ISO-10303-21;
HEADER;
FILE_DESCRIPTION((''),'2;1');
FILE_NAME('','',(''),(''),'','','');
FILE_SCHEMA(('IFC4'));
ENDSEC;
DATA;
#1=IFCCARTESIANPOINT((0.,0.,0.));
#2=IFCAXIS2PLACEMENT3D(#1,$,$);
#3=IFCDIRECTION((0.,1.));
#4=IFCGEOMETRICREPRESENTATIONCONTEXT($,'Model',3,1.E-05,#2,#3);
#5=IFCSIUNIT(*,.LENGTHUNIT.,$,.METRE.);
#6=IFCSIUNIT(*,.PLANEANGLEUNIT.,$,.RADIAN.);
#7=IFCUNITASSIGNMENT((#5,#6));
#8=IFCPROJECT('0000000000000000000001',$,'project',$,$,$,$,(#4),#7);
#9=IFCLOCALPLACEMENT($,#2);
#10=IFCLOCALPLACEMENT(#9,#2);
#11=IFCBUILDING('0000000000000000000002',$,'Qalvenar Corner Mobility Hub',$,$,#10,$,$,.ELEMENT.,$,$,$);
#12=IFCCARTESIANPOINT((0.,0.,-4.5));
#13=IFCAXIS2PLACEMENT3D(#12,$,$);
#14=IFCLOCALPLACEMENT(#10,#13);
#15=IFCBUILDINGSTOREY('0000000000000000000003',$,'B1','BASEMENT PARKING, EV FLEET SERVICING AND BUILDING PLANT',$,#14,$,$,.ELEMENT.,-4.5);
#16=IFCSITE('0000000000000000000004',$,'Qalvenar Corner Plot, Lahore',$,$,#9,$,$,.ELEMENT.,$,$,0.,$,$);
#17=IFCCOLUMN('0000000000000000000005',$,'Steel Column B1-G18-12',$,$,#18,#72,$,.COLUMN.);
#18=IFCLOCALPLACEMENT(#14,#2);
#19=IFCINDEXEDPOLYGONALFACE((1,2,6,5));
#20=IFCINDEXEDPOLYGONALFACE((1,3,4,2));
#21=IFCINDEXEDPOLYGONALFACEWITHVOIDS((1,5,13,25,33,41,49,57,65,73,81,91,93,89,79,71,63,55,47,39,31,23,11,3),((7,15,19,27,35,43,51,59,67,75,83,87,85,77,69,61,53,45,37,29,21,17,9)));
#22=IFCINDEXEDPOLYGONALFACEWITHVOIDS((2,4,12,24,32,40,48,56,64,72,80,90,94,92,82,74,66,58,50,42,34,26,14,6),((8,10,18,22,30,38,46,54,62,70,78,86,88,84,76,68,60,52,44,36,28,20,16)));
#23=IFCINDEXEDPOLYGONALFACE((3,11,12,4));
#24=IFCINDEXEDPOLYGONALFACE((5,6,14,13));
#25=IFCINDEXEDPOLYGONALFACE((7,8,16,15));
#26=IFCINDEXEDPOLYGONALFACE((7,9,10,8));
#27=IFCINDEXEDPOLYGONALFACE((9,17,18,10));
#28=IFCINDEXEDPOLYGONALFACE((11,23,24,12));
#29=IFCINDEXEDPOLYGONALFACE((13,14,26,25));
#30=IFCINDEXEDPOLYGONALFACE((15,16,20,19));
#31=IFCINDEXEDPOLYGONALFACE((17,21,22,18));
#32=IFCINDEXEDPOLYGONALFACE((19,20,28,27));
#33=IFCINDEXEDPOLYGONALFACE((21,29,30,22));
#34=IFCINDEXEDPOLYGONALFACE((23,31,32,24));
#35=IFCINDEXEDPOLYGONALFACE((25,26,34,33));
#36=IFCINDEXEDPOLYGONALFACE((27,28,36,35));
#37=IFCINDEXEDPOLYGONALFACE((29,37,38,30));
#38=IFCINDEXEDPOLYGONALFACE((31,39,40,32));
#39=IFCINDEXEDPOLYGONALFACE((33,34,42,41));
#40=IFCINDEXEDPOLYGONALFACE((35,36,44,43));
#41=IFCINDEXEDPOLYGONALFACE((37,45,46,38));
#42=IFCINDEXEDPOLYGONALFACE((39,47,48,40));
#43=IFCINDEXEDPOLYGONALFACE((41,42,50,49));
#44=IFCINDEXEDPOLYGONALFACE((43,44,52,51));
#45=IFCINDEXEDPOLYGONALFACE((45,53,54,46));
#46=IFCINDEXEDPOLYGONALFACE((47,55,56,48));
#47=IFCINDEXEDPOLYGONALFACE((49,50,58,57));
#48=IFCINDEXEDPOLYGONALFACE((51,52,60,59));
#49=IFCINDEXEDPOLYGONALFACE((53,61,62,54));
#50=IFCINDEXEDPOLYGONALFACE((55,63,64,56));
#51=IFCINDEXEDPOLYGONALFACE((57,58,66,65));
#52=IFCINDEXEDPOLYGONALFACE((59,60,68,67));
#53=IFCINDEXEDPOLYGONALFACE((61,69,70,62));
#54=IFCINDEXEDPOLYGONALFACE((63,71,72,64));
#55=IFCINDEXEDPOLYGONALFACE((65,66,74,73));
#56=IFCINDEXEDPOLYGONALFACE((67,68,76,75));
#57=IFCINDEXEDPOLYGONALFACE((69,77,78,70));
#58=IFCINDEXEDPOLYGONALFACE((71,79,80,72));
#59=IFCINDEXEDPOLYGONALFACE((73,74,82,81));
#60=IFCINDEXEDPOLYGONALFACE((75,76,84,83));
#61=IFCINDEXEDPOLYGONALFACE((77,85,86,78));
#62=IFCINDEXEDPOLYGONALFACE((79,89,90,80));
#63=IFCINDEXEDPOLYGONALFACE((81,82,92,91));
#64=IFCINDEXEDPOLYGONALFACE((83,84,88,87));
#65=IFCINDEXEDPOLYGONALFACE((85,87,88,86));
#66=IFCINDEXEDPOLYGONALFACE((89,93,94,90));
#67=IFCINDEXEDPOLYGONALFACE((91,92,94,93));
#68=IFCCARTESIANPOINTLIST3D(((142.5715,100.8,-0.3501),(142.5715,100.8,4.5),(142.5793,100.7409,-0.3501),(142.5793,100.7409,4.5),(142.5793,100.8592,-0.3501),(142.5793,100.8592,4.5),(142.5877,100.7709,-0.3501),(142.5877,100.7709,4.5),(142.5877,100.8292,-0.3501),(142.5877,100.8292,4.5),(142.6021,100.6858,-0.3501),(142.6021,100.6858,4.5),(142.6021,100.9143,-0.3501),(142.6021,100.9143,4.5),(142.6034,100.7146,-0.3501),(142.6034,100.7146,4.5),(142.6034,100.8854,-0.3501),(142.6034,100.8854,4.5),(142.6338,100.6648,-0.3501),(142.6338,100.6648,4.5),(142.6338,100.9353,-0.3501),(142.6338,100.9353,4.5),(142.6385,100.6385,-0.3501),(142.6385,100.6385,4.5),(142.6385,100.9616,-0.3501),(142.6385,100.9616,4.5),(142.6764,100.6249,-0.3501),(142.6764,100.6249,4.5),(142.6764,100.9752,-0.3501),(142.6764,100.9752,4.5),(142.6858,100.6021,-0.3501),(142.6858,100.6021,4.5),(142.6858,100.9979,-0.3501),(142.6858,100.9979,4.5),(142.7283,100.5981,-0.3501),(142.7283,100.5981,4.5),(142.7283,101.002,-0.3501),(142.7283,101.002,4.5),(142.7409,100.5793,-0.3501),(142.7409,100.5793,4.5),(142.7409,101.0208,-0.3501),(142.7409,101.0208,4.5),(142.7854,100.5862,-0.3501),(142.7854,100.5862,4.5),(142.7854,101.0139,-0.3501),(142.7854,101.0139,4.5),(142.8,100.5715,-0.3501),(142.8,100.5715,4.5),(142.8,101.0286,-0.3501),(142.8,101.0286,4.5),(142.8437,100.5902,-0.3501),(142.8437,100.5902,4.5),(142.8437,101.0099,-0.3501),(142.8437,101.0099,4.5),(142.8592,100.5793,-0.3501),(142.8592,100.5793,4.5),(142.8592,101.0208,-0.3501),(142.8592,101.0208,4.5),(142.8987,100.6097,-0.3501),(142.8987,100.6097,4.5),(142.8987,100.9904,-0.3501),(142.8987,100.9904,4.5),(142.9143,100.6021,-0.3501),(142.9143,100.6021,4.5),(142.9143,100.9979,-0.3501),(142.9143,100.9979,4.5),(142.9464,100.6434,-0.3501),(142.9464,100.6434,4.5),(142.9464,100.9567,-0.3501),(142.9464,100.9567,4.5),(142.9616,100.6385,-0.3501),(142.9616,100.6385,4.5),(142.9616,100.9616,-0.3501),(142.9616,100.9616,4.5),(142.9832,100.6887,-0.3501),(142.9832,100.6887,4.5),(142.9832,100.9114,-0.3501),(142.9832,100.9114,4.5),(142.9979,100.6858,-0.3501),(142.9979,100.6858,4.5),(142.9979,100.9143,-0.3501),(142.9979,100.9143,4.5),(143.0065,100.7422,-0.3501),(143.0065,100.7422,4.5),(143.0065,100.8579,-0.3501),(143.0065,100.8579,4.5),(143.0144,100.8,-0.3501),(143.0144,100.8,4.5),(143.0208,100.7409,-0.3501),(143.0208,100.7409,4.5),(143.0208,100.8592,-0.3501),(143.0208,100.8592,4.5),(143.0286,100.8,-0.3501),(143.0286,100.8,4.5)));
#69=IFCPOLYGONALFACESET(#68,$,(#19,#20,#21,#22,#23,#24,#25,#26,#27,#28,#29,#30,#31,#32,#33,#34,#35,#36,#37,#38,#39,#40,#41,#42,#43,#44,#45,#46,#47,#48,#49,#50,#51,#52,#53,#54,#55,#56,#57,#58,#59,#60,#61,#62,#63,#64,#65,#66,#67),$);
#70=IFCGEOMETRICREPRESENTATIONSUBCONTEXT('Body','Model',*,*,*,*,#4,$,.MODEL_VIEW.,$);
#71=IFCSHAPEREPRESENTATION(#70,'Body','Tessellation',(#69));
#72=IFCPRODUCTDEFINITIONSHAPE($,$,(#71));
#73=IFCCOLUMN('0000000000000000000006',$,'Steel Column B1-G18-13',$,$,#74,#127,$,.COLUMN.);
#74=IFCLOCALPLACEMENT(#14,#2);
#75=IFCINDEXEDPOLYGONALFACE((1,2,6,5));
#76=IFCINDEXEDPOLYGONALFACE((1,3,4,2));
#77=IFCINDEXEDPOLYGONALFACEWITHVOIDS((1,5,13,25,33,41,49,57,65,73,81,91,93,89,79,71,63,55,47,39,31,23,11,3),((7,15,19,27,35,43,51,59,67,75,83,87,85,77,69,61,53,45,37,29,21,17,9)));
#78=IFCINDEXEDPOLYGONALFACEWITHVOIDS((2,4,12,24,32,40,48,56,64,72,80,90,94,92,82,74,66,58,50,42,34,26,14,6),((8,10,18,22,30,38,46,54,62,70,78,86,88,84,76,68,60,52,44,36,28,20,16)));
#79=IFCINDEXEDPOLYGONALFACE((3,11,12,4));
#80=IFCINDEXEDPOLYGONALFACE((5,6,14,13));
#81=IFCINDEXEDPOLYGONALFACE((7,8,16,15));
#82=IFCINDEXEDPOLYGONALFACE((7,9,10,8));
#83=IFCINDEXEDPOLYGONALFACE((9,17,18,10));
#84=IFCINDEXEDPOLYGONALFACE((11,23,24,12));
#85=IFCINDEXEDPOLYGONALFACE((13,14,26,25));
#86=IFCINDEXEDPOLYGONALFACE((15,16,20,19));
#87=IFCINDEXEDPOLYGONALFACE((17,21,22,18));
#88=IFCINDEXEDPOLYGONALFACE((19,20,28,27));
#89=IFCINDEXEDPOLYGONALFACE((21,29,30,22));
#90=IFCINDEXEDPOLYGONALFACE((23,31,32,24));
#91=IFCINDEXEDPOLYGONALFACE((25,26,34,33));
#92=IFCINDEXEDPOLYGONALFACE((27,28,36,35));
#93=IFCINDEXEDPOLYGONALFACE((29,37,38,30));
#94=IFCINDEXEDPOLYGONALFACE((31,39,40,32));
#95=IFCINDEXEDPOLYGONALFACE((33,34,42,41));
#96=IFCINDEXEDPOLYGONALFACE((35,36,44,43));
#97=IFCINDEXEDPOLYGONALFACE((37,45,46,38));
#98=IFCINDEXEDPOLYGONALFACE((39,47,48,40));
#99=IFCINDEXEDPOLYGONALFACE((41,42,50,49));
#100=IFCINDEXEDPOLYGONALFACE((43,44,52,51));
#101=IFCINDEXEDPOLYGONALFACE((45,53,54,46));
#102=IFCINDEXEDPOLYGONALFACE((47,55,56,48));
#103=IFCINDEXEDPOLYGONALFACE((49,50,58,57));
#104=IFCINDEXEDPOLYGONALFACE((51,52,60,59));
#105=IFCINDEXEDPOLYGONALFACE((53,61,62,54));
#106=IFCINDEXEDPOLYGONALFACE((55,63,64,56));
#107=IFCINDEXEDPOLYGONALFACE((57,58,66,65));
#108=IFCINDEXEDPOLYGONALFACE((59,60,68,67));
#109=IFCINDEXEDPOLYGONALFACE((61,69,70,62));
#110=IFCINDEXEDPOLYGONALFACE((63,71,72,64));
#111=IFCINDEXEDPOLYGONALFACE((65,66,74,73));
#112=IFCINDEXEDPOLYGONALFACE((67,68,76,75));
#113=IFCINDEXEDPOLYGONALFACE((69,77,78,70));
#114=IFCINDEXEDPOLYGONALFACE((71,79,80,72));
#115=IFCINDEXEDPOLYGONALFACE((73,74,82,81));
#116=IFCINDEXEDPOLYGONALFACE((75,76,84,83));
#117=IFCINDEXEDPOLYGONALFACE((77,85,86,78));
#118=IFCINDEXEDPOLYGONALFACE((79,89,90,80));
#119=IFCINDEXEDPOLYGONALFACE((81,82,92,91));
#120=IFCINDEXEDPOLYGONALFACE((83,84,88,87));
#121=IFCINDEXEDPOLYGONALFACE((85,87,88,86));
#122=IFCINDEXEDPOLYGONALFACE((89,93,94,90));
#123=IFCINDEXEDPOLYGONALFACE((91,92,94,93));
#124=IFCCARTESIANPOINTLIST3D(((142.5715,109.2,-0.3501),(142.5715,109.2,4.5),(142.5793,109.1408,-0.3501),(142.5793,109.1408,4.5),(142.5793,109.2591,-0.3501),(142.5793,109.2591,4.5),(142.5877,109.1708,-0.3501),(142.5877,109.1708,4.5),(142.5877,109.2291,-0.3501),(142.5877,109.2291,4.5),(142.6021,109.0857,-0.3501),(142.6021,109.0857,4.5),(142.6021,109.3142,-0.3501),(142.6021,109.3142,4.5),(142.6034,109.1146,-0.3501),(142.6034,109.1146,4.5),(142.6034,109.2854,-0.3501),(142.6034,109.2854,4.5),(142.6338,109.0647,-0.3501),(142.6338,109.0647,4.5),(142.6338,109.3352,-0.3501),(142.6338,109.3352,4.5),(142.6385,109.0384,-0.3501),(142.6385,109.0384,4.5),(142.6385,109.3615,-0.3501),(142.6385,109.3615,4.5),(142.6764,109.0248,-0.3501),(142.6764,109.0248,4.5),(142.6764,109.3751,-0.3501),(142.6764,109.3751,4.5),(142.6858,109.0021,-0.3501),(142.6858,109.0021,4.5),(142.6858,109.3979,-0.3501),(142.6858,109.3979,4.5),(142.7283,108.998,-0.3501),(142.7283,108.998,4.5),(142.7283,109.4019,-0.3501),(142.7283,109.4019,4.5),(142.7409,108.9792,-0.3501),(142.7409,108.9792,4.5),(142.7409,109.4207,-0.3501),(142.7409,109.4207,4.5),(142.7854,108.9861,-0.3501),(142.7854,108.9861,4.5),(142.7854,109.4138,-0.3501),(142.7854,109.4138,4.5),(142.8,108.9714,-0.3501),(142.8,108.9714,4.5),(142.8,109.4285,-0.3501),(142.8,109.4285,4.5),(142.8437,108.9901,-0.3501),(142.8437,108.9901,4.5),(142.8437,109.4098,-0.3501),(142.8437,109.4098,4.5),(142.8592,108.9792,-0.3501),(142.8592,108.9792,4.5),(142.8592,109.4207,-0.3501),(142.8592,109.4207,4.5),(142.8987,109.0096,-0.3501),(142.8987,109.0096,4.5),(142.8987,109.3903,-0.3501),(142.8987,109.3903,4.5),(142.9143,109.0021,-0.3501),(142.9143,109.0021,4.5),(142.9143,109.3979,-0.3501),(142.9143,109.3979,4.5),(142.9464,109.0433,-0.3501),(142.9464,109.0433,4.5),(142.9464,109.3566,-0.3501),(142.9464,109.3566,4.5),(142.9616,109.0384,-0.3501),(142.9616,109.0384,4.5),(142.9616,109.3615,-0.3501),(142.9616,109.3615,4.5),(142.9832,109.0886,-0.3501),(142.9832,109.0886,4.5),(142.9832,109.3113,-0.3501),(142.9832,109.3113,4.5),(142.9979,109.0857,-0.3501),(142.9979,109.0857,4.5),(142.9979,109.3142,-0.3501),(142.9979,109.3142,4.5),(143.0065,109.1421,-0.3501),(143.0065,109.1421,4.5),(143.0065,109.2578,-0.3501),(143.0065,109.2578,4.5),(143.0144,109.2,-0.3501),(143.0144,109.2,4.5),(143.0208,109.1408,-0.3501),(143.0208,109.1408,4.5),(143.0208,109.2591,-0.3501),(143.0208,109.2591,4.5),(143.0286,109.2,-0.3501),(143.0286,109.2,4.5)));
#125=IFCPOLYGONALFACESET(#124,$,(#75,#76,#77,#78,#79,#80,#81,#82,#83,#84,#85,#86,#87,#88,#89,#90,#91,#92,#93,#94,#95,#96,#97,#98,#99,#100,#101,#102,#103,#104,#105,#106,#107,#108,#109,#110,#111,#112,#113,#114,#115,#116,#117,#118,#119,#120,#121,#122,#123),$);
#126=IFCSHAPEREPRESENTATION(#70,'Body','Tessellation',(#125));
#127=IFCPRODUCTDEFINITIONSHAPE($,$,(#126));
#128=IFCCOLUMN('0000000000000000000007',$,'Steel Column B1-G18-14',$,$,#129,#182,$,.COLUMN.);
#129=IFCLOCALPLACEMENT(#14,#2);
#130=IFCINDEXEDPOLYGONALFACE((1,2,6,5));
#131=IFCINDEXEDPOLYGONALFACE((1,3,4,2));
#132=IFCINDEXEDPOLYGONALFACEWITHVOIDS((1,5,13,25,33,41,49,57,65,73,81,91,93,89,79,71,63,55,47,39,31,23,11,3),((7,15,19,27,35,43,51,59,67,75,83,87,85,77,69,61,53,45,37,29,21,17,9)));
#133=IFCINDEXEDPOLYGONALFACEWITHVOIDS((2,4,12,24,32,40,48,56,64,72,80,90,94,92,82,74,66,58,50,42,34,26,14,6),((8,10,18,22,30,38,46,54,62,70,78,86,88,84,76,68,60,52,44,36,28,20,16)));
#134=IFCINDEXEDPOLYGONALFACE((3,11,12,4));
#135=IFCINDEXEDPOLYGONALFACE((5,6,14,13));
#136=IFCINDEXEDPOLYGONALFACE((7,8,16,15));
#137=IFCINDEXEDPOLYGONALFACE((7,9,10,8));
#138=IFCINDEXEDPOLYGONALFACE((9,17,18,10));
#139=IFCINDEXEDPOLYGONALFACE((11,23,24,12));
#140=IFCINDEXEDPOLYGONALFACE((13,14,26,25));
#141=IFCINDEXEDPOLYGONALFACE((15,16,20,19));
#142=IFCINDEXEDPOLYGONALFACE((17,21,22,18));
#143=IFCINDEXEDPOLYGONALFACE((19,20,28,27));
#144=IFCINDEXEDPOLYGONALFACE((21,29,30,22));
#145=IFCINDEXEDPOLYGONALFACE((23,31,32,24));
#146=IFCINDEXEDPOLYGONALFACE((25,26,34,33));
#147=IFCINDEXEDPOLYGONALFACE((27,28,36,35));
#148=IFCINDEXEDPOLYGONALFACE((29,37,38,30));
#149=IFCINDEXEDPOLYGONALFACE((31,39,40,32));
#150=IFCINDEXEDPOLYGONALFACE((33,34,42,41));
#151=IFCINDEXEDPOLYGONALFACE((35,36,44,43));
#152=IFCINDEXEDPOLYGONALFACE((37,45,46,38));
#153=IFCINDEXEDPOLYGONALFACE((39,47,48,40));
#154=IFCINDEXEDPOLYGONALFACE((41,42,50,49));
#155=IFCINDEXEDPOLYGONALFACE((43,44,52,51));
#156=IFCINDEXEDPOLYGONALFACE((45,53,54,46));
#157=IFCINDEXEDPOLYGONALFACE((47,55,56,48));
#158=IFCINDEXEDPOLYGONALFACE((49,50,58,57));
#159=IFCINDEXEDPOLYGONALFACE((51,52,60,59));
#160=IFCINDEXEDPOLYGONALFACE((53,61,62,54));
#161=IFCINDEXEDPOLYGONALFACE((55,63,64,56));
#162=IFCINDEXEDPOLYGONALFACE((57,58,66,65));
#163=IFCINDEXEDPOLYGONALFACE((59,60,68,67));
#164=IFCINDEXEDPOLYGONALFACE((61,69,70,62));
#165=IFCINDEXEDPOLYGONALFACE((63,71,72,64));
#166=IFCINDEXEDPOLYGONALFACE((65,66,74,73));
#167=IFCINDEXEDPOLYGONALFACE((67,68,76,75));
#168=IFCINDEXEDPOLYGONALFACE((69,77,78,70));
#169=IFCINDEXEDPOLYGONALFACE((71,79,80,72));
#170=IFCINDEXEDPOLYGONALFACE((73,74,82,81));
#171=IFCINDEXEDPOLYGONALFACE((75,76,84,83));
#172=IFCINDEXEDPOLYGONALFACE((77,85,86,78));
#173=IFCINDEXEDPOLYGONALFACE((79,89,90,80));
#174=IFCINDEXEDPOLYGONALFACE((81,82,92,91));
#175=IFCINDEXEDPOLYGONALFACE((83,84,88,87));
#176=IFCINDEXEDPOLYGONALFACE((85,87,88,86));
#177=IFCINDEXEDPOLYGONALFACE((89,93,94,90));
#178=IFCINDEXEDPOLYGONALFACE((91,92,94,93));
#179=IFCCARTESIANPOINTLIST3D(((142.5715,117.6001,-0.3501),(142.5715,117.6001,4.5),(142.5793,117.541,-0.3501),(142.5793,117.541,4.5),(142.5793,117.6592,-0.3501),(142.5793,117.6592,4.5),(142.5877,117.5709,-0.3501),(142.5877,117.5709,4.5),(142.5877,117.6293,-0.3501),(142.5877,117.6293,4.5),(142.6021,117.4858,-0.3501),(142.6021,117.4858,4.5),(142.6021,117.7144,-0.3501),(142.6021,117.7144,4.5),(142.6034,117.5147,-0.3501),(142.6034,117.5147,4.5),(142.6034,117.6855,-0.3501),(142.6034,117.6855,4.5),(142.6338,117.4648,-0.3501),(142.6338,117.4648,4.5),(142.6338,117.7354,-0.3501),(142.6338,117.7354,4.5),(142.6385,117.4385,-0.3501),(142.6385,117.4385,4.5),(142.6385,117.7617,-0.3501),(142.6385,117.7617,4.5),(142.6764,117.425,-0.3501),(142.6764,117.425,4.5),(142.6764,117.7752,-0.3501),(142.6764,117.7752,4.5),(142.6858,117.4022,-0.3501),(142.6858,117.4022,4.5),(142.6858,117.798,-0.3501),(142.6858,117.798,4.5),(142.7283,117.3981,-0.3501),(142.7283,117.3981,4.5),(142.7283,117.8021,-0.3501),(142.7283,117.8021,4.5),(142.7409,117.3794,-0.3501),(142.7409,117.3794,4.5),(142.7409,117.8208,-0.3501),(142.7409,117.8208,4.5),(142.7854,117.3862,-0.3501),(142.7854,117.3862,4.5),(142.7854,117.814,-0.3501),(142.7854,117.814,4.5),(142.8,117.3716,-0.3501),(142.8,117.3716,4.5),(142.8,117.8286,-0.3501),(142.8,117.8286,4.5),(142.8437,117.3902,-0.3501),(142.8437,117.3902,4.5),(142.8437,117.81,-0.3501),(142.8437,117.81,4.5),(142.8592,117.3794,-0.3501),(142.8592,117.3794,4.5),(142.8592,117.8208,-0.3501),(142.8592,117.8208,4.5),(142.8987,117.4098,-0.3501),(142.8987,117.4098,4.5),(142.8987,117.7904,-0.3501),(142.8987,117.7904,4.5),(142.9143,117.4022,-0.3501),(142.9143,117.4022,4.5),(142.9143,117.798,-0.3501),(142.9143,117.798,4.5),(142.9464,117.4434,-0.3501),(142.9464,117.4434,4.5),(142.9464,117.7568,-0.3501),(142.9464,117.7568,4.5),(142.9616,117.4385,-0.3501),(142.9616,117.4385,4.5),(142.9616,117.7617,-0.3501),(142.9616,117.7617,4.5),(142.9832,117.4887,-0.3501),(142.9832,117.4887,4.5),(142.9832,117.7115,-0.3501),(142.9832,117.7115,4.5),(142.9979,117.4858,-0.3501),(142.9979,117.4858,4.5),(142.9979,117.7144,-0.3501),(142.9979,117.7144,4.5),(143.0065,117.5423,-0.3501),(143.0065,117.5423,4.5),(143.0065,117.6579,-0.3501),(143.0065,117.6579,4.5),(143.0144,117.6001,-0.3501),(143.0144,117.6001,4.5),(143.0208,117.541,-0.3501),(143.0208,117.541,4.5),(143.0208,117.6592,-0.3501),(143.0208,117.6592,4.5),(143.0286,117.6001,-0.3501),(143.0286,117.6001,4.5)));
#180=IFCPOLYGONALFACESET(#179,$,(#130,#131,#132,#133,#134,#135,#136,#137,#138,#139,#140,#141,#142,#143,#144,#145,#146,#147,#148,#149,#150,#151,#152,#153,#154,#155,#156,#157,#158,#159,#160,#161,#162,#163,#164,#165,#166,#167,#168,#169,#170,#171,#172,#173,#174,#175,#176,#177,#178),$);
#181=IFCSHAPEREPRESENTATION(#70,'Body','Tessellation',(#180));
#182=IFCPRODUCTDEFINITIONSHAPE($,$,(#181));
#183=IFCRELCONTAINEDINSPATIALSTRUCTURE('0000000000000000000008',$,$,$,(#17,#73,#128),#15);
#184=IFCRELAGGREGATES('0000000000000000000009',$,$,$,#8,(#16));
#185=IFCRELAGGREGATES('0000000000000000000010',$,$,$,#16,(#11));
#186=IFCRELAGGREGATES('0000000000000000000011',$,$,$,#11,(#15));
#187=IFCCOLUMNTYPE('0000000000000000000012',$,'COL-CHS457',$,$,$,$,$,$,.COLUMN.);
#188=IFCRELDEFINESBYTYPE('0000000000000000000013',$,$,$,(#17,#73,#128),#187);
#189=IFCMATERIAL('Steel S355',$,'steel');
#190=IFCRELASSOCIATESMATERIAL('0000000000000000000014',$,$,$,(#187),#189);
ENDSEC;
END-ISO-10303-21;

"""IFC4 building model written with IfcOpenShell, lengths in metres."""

from ifc_helpers import new_model, si_unit, direction, frame, origin, origin_2d, place, context, subcontext, project, spatial, hollow_circle, extrude, material, material_profile, profile_set, type_object, element, save


model = new_model("IFC4")

# Units and contexts
model_context = context("Model", 3, precision=1e-05, world=origin(), true_north=direction((0.0, 1.0)))
body_context = subcontext(model_context, "Body", "Model", "MODEL_VIEW")
ifc_project = project(units=[si_unit("LENGTHUNIT", "METRE"), si_unit("PLANEANGLEUNIT", "RADIAN")], contexts=[model_context])

# Site, building, storey
site_placement = place(None, origin())
site = spatial("IfcSite", under=ifc_project, at=site_placement, Name="Qalvenar Corner Plot, Lahore", CompositionType="ELEMENT", RefElevation=0.0)
building_placement = place(site_placement, origin())
building = spatial("IfcBuilding", under=site, at=building_placement, Name="Qalvenar Corner Mobility Hub", CompositionType="ELEMENT")
storey_placement = place(building_placement, frame((0.0, 0.0, -4.5)))
storey = spatial("IfcBuildingStorey", under=building, at=storey_placement, Name="B1", Description="BASEMENT PARKING, EV FLEET SERVICING AND BUILDING PLANT", CompositionType="ELEMENT", Elevation=-4.5)

# Columns
ifc_material_1 = material(Name="Steel S355", Category="steel")
ifc_material_profile_1 = material_profile(ifc_material_1, hollow_circle(Radius=0.2285, WallThickness=0.0142, at=origin_2d()), Name="CHS457x14.2")
ifc_profile_set_1 = profile_set([ifc_material_profile_1], Name="Steel S355")
column_type = type_object("IfcColumnType", Name="COL-CHS457", PredefinedType="COLUMN", material=ifc_profile_set_1)
for number, where, z_axis, x_axis, name in (
    (1, (142.8, 100.8, -0.3501), (0.0, 0.0, 1.0), (1.0, 0.0, 0.0), "Steel Column B1-G18-12"),
    (2, (142.8, 109.2, -0.3501), (0.0, 0.0, 1.0), (1.0, 0.0, 0.0), "Steel Column B1-G18-13"),
    (3, (142.8, 117.6001, -0.3501), (0.0, 0.0, 1.0), (1.0, 0.0, 0.0), "Steel Column B1-G18-14"),
):
    element("IfcColumn", number, at=place(storey_placement, frame(where, z_axis=z_axis, x_axis=x_axis)), inside=storey, type_object=column_type, Name=name, PredefinedType="COLUMN", context=body_context, shape_type="SweptSolid", body=[
        extrude(hollow_circle(Radius=0.2285, WallThickness=0.0142, at=origin_2d()), origin(), (0.0, 0.0, 1.0), 4.8501),
    ])

save(model, "model.ifc")
